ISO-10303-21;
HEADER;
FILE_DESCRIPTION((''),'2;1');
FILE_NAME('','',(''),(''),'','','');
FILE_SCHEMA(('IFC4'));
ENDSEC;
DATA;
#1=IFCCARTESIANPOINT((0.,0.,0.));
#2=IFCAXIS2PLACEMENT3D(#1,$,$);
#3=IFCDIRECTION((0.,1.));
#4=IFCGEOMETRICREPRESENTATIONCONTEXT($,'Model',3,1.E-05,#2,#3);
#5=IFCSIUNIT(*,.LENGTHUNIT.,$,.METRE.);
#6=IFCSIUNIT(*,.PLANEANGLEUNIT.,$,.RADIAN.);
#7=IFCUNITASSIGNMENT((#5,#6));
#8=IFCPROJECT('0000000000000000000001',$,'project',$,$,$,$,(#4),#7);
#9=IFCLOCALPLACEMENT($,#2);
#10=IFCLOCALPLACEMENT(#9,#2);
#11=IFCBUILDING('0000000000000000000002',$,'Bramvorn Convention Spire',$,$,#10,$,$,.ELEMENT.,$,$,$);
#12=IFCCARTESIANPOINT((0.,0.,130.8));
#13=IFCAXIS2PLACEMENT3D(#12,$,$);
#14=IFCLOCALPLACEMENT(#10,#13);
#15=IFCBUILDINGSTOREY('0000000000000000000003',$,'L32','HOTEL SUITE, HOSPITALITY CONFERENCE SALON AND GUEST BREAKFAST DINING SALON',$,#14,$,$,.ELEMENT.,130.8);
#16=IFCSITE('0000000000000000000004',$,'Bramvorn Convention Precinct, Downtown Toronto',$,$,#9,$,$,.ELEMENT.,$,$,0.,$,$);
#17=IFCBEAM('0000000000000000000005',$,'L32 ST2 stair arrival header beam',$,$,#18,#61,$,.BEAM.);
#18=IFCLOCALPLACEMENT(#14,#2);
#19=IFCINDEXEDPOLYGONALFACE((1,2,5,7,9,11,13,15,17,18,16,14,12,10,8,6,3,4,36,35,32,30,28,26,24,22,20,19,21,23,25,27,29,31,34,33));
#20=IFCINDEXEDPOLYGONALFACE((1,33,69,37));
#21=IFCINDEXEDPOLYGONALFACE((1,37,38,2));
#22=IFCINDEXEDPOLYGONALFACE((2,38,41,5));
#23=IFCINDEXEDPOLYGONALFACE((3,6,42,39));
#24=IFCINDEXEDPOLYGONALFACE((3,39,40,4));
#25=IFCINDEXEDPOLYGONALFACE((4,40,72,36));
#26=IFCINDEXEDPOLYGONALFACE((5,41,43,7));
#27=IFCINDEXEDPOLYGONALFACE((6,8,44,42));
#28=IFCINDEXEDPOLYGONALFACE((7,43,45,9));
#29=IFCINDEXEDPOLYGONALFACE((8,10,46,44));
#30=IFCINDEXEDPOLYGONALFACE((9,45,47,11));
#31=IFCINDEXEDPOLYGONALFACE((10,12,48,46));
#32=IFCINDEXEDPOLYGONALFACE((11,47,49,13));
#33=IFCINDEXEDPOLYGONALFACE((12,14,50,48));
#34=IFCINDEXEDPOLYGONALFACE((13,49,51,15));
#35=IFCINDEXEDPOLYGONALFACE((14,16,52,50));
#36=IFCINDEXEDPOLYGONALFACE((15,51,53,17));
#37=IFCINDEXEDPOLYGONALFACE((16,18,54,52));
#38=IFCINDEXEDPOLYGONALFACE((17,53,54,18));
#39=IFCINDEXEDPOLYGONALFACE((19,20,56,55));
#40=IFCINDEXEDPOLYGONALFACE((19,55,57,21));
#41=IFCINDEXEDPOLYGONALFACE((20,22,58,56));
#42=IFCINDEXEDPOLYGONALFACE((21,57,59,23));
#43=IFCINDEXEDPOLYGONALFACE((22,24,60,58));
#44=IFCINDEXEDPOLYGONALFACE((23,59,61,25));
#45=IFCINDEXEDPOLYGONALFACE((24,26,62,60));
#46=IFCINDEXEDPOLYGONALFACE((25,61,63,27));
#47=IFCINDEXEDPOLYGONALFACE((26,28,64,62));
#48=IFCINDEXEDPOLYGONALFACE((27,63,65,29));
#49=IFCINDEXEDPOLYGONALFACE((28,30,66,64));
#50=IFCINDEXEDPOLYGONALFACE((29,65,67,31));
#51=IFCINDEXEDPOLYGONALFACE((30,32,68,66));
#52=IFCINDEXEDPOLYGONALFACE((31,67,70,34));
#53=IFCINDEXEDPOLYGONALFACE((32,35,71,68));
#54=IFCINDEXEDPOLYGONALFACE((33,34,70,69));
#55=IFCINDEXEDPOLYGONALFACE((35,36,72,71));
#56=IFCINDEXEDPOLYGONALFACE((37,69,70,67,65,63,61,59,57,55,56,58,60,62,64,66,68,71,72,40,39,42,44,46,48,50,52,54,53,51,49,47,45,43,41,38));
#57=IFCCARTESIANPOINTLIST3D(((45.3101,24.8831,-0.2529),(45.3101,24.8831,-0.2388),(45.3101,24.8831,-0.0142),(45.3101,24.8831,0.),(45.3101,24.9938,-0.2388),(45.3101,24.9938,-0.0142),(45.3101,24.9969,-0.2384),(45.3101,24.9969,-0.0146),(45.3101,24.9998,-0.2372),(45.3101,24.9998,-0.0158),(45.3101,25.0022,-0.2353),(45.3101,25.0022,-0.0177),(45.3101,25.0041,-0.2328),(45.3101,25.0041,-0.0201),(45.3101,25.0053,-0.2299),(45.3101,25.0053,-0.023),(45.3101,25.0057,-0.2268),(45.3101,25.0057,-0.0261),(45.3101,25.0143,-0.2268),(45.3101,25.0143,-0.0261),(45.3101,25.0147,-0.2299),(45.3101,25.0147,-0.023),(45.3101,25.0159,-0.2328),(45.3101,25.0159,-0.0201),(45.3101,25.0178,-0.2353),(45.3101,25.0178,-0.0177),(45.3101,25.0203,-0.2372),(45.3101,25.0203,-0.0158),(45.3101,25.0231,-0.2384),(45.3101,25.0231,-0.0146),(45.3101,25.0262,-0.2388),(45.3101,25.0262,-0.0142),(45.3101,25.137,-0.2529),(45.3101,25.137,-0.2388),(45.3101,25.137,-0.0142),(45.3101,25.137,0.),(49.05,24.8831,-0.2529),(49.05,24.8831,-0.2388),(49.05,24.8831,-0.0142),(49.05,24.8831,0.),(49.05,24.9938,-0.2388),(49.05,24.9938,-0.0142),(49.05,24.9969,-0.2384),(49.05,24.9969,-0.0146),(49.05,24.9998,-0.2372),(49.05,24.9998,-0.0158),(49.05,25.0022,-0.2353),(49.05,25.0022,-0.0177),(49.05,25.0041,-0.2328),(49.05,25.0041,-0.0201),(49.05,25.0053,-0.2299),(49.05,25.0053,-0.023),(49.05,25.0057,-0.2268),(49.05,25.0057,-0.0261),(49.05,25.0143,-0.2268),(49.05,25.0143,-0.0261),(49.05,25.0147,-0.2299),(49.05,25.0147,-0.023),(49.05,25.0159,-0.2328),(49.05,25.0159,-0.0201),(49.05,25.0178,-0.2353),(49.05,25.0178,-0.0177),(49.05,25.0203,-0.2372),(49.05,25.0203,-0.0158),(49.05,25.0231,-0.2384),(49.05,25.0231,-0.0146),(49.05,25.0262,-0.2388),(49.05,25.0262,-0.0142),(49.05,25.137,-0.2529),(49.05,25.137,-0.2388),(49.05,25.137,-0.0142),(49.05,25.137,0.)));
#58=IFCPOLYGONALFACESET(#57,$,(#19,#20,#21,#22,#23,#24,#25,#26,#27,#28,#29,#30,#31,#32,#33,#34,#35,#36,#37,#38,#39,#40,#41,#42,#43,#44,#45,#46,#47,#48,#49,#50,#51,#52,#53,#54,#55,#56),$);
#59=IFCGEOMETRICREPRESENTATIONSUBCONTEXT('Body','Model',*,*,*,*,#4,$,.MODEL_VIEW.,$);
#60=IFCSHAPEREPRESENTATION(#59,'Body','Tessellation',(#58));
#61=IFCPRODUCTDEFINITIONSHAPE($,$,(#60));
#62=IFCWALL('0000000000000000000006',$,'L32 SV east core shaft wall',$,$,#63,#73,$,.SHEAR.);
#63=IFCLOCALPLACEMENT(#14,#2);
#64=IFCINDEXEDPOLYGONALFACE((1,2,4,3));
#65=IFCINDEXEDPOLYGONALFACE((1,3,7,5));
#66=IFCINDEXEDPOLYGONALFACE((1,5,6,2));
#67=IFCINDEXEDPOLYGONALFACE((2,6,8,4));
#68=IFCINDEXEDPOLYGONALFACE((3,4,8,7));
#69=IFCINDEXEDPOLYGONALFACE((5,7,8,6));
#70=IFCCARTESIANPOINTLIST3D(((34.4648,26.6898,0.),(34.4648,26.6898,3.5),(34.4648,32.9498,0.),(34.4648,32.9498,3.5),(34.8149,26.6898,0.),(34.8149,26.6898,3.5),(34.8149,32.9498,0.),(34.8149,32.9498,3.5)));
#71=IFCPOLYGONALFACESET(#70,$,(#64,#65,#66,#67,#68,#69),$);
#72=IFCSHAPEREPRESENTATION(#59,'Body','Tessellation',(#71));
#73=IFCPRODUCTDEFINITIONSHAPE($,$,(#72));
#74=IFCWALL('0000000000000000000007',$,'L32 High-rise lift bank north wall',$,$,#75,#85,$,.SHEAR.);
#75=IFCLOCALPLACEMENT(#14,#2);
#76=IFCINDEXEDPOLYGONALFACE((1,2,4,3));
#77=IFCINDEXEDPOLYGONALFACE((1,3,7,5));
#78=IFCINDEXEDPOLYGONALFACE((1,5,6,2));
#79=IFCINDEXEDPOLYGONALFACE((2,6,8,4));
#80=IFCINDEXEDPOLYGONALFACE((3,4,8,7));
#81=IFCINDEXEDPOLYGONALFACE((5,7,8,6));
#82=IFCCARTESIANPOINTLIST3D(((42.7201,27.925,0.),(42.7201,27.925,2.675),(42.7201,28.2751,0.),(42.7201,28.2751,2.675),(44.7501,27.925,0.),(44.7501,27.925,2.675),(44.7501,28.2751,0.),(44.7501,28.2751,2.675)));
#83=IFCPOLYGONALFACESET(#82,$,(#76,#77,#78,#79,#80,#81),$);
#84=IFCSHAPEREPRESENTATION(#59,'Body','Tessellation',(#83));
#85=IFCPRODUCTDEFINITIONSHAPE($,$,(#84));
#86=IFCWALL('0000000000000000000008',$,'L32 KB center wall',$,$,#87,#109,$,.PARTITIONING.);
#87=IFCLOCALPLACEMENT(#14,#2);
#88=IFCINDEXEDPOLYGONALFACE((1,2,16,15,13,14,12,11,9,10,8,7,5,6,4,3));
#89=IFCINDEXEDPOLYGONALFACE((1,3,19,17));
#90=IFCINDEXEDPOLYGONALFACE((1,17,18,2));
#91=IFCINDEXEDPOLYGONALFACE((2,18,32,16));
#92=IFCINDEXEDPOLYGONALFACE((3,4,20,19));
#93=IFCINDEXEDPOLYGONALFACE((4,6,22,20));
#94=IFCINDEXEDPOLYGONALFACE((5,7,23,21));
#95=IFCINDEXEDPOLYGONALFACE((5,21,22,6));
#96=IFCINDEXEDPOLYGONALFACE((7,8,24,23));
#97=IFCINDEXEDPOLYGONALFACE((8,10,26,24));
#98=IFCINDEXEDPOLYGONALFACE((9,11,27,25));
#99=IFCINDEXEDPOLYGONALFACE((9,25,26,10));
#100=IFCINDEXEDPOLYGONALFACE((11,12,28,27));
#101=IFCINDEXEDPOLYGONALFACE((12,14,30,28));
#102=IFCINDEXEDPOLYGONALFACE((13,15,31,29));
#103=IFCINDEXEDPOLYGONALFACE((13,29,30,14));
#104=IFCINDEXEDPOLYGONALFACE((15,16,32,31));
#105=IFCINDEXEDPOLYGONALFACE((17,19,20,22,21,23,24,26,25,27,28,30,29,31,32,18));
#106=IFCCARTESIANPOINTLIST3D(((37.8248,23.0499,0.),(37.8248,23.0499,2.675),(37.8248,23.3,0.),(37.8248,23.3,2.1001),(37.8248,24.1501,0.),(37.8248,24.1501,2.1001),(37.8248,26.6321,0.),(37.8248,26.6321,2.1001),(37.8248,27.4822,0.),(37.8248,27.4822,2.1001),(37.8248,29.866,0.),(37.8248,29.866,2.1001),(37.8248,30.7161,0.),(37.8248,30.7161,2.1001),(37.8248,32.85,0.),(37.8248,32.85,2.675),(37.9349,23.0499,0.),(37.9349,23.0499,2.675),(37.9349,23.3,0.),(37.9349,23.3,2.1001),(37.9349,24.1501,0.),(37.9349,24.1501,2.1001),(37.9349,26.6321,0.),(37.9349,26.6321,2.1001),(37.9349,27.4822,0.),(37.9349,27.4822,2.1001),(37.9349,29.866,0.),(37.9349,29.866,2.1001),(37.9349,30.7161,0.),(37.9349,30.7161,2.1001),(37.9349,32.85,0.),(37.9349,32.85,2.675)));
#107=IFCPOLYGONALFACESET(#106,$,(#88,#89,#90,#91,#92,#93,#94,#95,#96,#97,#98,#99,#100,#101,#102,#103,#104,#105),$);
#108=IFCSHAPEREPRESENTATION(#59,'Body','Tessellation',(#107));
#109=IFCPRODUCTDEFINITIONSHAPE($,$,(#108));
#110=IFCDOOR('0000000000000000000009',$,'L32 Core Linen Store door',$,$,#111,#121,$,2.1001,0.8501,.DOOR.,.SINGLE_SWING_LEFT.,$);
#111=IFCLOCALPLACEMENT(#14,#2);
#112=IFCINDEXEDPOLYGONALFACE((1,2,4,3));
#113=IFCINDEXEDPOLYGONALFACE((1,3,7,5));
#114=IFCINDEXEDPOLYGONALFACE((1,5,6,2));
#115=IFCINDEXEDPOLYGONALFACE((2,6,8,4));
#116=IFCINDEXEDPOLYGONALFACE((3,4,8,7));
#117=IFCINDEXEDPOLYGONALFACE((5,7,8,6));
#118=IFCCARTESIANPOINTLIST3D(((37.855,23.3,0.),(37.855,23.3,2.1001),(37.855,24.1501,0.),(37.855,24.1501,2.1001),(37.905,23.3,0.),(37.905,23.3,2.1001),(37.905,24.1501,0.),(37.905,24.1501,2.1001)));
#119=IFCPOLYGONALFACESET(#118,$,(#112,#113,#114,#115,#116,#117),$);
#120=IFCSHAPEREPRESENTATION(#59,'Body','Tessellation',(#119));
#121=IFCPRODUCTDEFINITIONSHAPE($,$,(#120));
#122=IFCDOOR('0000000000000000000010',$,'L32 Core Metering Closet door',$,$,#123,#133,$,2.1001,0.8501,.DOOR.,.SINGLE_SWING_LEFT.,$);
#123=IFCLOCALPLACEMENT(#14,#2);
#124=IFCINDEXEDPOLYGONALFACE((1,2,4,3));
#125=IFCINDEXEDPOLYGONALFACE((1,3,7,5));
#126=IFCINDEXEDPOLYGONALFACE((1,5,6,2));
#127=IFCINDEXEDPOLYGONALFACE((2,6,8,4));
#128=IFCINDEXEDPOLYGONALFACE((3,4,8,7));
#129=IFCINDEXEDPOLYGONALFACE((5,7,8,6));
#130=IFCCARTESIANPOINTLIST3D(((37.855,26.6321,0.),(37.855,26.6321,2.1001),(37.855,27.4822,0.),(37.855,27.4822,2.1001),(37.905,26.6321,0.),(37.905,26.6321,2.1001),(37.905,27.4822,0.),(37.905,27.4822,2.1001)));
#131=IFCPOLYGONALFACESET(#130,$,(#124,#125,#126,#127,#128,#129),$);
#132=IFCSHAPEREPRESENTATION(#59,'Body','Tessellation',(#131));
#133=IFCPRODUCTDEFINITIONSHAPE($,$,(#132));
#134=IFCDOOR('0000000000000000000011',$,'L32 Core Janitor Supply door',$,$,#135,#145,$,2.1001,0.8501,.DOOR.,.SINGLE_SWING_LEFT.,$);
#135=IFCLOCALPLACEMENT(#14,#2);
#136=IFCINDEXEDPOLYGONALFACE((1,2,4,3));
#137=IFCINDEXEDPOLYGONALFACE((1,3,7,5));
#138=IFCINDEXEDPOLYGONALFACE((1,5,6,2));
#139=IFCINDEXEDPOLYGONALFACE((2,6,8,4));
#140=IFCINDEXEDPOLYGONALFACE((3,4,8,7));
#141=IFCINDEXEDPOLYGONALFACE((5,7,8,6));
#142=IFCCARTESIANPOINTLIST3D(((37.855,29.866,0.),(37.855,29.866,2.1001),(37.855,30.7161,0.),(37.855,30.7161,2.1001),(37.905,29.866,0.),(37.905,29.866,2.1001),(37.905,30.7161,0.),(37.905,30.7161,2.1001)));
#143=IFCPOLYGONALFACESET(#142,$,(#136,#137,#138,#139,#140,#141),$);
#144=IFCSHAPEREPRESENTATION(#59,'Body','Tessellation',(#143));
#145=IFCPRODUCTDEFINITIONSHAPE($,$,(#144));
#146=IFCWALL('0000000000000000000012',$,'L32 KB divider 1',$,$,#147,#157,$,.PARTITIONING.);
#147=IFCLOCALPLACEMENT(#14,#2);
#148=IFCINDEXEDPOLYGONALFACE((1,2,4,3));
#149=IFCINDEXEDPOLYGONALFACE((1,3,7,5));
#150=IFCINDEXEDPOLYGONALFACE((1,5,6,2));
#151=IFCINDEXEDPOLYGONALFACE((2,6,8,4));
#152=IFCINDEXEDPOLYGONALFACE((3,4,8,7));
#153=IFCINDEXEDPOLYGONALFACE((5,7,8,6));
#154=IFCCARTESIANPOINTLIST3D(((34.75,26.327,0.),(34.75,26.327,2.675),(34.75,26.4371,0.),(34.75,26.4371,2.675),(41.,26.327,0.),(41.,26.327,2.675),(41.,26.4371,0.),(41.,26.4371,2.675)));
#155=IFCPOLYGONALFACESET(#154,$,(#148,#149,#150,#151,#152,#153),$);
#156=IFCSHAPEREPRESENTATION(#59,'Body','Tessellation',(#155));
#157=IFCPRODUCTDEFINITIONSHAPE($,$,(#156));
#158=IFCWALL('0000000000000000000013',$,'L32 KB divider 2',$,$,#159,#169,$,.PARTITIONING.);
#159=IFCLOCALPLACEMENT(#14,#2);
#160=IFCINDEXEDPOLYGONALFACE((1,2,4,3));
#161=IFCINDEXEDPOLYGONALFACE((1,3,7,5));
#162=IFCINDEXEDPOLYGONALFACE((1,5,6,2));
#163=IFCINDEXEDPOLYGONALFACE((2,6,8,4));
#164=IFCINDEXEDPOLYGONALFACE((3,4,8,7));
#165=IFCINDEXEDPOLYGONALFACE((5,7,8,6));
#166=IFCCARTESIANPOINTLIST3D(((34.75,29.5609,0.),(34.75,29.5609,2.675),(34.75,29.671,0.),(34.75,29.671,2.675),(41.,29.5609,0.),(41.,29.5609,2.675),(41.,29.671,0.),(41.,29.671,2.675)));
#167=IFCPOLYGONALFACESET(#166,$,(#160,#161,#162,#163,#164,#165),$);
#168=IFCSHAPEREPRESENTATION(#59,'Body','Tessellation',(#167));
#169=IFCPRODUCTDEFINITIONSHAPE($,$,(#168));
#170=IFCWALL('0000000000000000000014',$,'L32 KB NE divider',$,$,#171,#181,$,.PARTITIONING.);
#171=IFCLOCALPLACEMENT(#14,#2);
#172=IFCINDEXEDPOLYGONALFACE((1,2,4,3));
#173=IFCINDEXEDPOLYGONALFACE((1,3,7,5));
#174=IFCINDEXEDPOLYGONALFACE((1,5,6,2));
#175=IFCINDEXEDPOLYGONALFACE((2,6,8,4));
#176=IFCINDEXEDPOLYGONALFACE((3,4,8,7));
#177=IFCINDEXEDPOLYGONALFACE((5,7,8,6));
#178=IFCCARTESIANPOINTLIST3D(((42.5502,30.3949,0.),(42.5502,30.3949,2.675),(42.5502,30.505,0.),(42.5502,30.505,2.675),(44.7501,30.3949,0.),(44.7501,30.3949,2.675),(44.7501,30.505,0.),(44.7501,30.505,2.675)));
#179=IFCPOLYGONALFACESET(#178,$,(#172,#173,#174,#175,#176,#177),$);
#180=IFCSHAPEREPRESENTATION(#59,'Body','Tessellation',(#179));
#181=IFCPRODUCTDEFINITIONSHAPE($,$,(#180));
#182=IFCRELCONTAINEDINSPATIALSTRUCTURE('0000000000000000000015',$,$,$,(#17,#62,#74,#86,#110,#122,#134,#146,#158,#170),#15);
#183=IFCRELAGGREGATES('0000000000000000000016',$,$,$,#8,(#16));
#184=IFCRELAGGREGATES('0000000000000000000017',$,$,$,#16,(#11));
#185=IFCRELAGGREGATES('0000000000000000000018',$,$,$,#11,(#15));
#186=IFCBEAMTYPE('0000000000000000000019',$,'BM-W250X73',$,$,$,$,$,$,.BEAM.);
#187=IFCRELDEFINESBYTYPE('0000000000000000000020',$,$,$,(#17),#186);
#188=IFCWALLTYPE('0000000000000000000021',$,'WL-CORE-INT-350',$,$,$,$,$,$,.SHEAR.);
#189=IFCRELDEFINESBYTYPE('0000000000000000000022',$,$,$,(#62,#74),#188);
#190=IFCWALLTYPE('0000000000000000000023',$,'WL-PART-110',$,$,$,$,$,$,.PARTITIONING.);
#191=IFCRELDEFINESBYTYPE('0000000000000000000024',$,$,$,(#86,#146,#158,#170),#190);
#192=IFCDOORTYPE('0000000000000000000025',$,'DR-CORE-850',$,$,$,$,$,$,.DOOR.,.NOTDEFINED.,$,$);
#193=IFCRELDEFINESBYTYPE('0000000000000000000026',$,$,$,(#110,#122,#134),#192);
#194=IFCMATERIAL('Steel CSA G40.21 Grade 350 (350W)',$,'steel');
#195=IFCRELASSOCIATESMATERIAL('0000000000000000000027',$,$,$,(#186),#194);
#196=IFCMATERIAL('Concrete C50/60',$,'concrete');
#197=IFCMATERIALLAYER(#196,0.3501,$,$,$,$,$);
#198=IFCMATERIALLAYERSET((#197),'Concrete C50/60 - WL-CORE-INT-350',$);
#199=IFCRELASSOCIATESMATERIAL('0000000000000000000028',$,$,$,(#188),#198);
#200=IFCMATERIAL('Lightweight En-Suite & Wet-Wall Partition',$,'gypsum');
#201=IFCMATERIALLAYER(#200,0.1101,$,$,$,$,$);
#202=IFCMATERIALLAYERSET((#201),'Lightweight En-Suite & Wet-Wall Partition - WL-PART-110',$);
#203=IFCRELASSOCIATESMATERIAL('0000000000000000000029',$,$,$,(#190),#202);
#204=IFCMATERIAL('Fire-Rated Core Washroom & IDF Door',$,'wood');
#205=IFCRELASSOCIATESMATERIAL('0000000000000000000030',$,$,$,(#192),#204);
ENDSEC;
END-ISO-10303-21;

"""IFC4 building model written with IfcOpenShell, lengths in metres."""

from ifc_helpers import new_model, si_unit, direction, frame, frame_2d, origin, origin_2d, place, context, subcontext, project, spatial, rectangle, i_section, extrude, material, layer, layer_set, material_profile, profile_set, type_object, element, fill, save


model = new_model("IFC4")

# Units and contexts
model_context = context("Model", 3, precision=1e-05, world=origin(), true_north=direction((0.0, 1.0)))
body_context = subcontext(model_context, "Body", "Model", "MODEL_VIEW")
ifc_project = project(units=[si_unit("LENGTHUNIT", "METRE"), si_unit("PLANEANGLEUNIT", "RADIAN")], contexts=[model_context])

# Site, building, storey
site_placement = place(None, origin())
site = spatial("IfcSite", under=ifc_project, at=site_placement, Name="Bramvorn Convention Precinct, Downtown Toronto", CompositionType="ELEMENT", RefElevation=0.0)
building_placement = place(site_placement, origin())
building = spatial("IfcBuilding", under=site, at=building_placement, Name="Bramvorn Convention Spire", CompositionType="ELEMENT")
storey_placement = place(building_placement, frame((0.0, 0.0, 130.8)))
storey = spatial("IfcBuildingStorey", under=building, at=storey_placement, Name="L32", Description="HOTEL SUITE, HOSPITALITY CONFERENCE SALON AND GUEST BREAKFAST DINING SALON", CompositionType="ELEMENT", Elevation=130.8)

# Beam
ifc_material_1 = material(Name="Steel CSA G40.21 Grade 350 (350W)", Category="steel")
ifc_material_profile = material_profile(ifc_material_1, i_section(OverallWidth=0.2539, OverallDepth=0.2529, WebThickness=0.0085, FlangeThickness=0.0142, FilletRadius=0.012, at=origin_2d()))
ifc_profile_set = profile_set([ifc_material_profile], Name="Steel CSA G40.21 Grade 350 (350W) - W250X73")
beam_type = type_object("IfcBeamType", Name="BM-W250X73", PredefinedType="BEAM", material=ifc_profile_set)
beam_placement = place(storey_placement, frame((45.3101, 25.01, -0.1265), z_axis=(1.0, 0.0, 0.0), x_axis=(0.0, 1.0, 0.0)))
element("IfcBeam", 1, at=beam_placement, inside=storey, type_object=beam_type, Name="L32 ST2 stair arrival header beam", PredefinedType="BEAM", context=body_context, shape_type="SweptSolid", body=[
    extrude(i_section(OverallWidth=0.2539, OverallDepth=0.2529, WebThickness=0.0085, FlangeThickness=0.0142, FilletRadius=0.012, at=origin_2d()), origin(), (0.0, 0.0, 1.0), 3.74),
])

# Shared definitions
ifc_material_2 = material(Name="Concrete C50/60", Category="concrete")
ifc_layer_1 = layer(ifc_material_2, 0.3501)
ifc_layer_set_1 = layer_set([ifc_layer_1], Name="Concrete C50/60 - WL-CORE-INT-350")
wall_type_1 = type_object("IfcWallType", Name="WL-CORE-INT-350", PredefinedType="SHEAR", material=ifc_layer_set_1)

# Walls
wall_1_placement = place(storey_placement, frame((34.6399, 26.6899, 0.0), z_axis=(0.0, 0.0, 1.0), x_axis=(0.0, 1.0, 0.0)))
element("IfcWall", 2, at=wall_1_placement, inside=storey, type_object=wall_type_1, Name="L32 SV east core shaft wall", PredefinedType="SHEAR", context=body_context, shape_type="SweptSolid", body=[
    extrude(rectangle(XDim=6.26, YDim=0.3501, at=frame_2d((3.1299, 0.0))), origin(), (0.0, 0.0, 1.0), 3.5),
])
wall_2_placement = place(storey_placement, frame((42.72, 28.1001, 0.0), z_axis=(0.0, 0.0, 1.0), x_axis=(1.0, 0.0, 0.0)))
element("IfcWall", 3, at=wall_2_placement, inside=storey, type_object=wall_type_1, Name="L32 High-rise lift bank north wall", PredefinedType="SHEAR", context=body_context, shape_type="SweptSolid", body=[
    extrude(rectangle(XDim=2.03, YDim=0.3501, at=frame_2d((1.0151, 0.0))), origin(), (0.0, 0.0, 1.0), 2.675),
])

# Wall, openings, doors
ifc_material_3 = material(Name="Lightweight En-Suite & Wet-Wall Partition", Category="gypsum")
ifc_layer_2 = layer(ifc_material_3, 0.1101)
ifc_layer_set_2 = layer_set([ifc_layer_2], Name="Lightweight En-Suite & Wet-Wall Partition - WL-PART-110")
wall_type_2 = type_object("IfcWallType", Name="WL-PART-110", PredefinedType="PARTITIONING", material=ifc_layer_set_2)
wall_3_placement = place(storey_placement, frame((37.8799, 23.05, 0.0), z_axis=(0.0, 0.0, 1.0), x_axis=(0.0, 1.0, 0.0)))
wall_3 = element("IfcWall", 4, at=wall_3_placement, inside=storey, type_object=wall_type_2, Name="L32 KB center wall", PredefinedType="PARTITIONING", context=body_context, shape_type="SweptSolid", body=[
    extrude(rectangle(XDim=9.8, YDim=0.1101, at=frame_2d((4.8999, 0.0))), origin(), (0.0, 0.0, 1.0), 2.675),
])
opening_1_placement = place(wall_3_placement, frame((0.25, 0.0, 0.0)))
opening_1 = element("IfcOpeningElement", 5, at=opening_1_placement, cuts=wall_3, PredefinedType="OPENING", context=body_context, shape_type="SweptSolid", body=[
    extrude(rectangle(XDim=0.8501, YDim=2.1001, at=frame_2d((0.425, 1.05))), frame((0.0, 0.0649, 0.0), z_axis=(0.0, -1.0, 0.0), x_axis=(1.0, 0.0, 0.0)), (0.0, 0.0, 1.0), 0.1301),
])
opening_2_placement = place(wall_3_placement, frame((3.582, 0.0, 0.0)))
opening_2 = element("IfcOpeningElement", 6, at=opening_2_placement, cuts=wall_3, PredefinedType="OPENING", context=body_context, shape_type="SweptSolid", body=[
    extrude(rectangle(XDim=0.8501, YDim=2.1001, at=frame_2d((0.425, 1.05))), frame((0.0, 0.0649, 0.0), z_axis=(0.0, -1.0, 0.0), x_axis=(1.0, 0.0, 0.0)), (0.0, 0.0, 1.0), 0.1301),
])
opening_3_placement = place(wall_3_placement, frame((6.8159, 0.0, 0.0)))
opening_3 = element("IfcOpeningElement", 7, at=opening_3_placement, cuts=wall_3, PredefinedType="OPENING", context=body_context, shape_type="SweptSolid", body=[
    extrude(rectangle(XDim=0.8501, YDim=2.1001, at=frame_2d((0.425, 1.05))), frame((0.0, 0.0649, 0.0), z_axis=(0.0, -1.0, 0.0), x_axis=(1.0, 0.0, 0.0)), (0.0, 0.0, 1.0), 0.1301),
])
ifc_material_4 = material(Name="Fire-Rated Core Washroom & IDF Door", Category="wood")
door_type_1 = type_object("IfcDoorType", Name="DR-CORE-850", OperationType="NOTDEFINED", PredefinedType="DOOR", material=ifc_material_4)
door_1_placement = place(opening_1_placement, origin())
door_1 = element("IfcDoor", 8, at=door_1_placement, inside=storey, type_object=door_type_1, Name="L32 Core Linen Store door", OperationType="SINGLE_SWING_LEFT", OverallHeight=2.1001, OverallWidth=0.8501, PredefinedType="DOOR", context=body_context, shape_type="SweptSolid", body=[
    extrude(rectangle(XDim=0.8501, YDim=2.1001, at=frame_2d((0.425, 1.05))), frame((0.0, 0.0249, 0.0), z_axis=(0.0, -1.0, 0.0), x_axis=(1.0, 0.0, 0.0)), (0.0, 0.0, 1.0), 0.05),
])
fill(opening_1, door_1)
door_2_placement = place(opening_2_placement, origin())
door_2 = element("IfcDoor", 9, at=door_2_placement, inside=storey, type_object=door_type_1, Name="L32 Core Metering Closet door", OperationType="SINGLE_SWING_LEFT", OverallHeight=2.1001, OverallWidth=0.8501, PredefinedType="DOOR", context=body_context, shape_type="SweptSolid", body=[
    extrude(rectangle(XDim=0.8501, YDim=2.1001, at=frame_2d((0.425, 1.05))), frame((0.0, 0.0249, 0.0), z_axis=(0.0, -1.0, 0.0), x_axis=(1.0, 0.0, 0.0)), (0.0, 0.0, 1.0), 0.05),
])
fill(opening_2, door_2)
door_3_placement = place(opening_3_placement, origin())
door_3 = element("IfcDoor", 10, at=door_3_placement, inside=storey, type_object=door_type_1, Name="L32 Core Janitor Supply door", OperationType="SINGLE_SWING_LEFT", OverallHeight=2.1001, OverallWidth=0.8501, PredefinedType="DOOR", context=body_context, shape_type="SweptSolid", body=[
    extrude(rectangle(XDim=0.8501, YDim=2.1001, at=frame_2d((0.425, 1.05))), frame((0.0, 0.0249, 0.0), z_axis=(0.0, -1.0, 0.0), x_axis=(1.0, 0.0, 0.0)), (0.0, 0.0, 1.0), 0.05),
])
fill(opening_3, door_3)

# Walls
for number, where, z_axis, x_axis, name in (
    (11, (34.75, 26.3821, 0.0), (0.0, 0.0, 1.0), (1.0, 0.0, 0.0), "L32 KB divider 1"),
    (12, (34.75, 29.616, 0.0), (0.0, 0.0, 1.0), (1.0, 0.0, 0.0), "L32 KB divider 2"),
):
    element("IfcWall", number, at=place(storey_placement, frame(where, z_axis=z_axis, x_axis=x_axis)), inside=storey, type_object=wall_type_2, Name=name, PredefinedType="PARTITIONING", context=body_context, shape_type="SweptSolid", body=[
        extrude(rectangle(XDim=6.25, YDim=0.1101, at=frame_2d((3.125, 0.0))), origin(), (0.0, 0.0, 1.0), 2.675),
    ])
wall_4_placement = place(storey_placement, frame((42.55, 30.45, 0.0), z_axis=(0.0, 0.0, 1.0), x_axis=(1.0, 0.0, 0.0)))
element("IfcWall", 13, at=wall_4_placement, inside=storey, type_object=wall_type_2, Name="L32 KB NE divider", PredefinedType="PARTITIONING", context=body_context, shape_type="SweptSolid", body=[
    extrude(rectangle(XDim=2.2, YDim=0.1101, at=frame_2d((1.1001, 0.0))), origin(), (0.0, 0.0, 1.0), 2.675),
])

save(model, "model.ifc")
